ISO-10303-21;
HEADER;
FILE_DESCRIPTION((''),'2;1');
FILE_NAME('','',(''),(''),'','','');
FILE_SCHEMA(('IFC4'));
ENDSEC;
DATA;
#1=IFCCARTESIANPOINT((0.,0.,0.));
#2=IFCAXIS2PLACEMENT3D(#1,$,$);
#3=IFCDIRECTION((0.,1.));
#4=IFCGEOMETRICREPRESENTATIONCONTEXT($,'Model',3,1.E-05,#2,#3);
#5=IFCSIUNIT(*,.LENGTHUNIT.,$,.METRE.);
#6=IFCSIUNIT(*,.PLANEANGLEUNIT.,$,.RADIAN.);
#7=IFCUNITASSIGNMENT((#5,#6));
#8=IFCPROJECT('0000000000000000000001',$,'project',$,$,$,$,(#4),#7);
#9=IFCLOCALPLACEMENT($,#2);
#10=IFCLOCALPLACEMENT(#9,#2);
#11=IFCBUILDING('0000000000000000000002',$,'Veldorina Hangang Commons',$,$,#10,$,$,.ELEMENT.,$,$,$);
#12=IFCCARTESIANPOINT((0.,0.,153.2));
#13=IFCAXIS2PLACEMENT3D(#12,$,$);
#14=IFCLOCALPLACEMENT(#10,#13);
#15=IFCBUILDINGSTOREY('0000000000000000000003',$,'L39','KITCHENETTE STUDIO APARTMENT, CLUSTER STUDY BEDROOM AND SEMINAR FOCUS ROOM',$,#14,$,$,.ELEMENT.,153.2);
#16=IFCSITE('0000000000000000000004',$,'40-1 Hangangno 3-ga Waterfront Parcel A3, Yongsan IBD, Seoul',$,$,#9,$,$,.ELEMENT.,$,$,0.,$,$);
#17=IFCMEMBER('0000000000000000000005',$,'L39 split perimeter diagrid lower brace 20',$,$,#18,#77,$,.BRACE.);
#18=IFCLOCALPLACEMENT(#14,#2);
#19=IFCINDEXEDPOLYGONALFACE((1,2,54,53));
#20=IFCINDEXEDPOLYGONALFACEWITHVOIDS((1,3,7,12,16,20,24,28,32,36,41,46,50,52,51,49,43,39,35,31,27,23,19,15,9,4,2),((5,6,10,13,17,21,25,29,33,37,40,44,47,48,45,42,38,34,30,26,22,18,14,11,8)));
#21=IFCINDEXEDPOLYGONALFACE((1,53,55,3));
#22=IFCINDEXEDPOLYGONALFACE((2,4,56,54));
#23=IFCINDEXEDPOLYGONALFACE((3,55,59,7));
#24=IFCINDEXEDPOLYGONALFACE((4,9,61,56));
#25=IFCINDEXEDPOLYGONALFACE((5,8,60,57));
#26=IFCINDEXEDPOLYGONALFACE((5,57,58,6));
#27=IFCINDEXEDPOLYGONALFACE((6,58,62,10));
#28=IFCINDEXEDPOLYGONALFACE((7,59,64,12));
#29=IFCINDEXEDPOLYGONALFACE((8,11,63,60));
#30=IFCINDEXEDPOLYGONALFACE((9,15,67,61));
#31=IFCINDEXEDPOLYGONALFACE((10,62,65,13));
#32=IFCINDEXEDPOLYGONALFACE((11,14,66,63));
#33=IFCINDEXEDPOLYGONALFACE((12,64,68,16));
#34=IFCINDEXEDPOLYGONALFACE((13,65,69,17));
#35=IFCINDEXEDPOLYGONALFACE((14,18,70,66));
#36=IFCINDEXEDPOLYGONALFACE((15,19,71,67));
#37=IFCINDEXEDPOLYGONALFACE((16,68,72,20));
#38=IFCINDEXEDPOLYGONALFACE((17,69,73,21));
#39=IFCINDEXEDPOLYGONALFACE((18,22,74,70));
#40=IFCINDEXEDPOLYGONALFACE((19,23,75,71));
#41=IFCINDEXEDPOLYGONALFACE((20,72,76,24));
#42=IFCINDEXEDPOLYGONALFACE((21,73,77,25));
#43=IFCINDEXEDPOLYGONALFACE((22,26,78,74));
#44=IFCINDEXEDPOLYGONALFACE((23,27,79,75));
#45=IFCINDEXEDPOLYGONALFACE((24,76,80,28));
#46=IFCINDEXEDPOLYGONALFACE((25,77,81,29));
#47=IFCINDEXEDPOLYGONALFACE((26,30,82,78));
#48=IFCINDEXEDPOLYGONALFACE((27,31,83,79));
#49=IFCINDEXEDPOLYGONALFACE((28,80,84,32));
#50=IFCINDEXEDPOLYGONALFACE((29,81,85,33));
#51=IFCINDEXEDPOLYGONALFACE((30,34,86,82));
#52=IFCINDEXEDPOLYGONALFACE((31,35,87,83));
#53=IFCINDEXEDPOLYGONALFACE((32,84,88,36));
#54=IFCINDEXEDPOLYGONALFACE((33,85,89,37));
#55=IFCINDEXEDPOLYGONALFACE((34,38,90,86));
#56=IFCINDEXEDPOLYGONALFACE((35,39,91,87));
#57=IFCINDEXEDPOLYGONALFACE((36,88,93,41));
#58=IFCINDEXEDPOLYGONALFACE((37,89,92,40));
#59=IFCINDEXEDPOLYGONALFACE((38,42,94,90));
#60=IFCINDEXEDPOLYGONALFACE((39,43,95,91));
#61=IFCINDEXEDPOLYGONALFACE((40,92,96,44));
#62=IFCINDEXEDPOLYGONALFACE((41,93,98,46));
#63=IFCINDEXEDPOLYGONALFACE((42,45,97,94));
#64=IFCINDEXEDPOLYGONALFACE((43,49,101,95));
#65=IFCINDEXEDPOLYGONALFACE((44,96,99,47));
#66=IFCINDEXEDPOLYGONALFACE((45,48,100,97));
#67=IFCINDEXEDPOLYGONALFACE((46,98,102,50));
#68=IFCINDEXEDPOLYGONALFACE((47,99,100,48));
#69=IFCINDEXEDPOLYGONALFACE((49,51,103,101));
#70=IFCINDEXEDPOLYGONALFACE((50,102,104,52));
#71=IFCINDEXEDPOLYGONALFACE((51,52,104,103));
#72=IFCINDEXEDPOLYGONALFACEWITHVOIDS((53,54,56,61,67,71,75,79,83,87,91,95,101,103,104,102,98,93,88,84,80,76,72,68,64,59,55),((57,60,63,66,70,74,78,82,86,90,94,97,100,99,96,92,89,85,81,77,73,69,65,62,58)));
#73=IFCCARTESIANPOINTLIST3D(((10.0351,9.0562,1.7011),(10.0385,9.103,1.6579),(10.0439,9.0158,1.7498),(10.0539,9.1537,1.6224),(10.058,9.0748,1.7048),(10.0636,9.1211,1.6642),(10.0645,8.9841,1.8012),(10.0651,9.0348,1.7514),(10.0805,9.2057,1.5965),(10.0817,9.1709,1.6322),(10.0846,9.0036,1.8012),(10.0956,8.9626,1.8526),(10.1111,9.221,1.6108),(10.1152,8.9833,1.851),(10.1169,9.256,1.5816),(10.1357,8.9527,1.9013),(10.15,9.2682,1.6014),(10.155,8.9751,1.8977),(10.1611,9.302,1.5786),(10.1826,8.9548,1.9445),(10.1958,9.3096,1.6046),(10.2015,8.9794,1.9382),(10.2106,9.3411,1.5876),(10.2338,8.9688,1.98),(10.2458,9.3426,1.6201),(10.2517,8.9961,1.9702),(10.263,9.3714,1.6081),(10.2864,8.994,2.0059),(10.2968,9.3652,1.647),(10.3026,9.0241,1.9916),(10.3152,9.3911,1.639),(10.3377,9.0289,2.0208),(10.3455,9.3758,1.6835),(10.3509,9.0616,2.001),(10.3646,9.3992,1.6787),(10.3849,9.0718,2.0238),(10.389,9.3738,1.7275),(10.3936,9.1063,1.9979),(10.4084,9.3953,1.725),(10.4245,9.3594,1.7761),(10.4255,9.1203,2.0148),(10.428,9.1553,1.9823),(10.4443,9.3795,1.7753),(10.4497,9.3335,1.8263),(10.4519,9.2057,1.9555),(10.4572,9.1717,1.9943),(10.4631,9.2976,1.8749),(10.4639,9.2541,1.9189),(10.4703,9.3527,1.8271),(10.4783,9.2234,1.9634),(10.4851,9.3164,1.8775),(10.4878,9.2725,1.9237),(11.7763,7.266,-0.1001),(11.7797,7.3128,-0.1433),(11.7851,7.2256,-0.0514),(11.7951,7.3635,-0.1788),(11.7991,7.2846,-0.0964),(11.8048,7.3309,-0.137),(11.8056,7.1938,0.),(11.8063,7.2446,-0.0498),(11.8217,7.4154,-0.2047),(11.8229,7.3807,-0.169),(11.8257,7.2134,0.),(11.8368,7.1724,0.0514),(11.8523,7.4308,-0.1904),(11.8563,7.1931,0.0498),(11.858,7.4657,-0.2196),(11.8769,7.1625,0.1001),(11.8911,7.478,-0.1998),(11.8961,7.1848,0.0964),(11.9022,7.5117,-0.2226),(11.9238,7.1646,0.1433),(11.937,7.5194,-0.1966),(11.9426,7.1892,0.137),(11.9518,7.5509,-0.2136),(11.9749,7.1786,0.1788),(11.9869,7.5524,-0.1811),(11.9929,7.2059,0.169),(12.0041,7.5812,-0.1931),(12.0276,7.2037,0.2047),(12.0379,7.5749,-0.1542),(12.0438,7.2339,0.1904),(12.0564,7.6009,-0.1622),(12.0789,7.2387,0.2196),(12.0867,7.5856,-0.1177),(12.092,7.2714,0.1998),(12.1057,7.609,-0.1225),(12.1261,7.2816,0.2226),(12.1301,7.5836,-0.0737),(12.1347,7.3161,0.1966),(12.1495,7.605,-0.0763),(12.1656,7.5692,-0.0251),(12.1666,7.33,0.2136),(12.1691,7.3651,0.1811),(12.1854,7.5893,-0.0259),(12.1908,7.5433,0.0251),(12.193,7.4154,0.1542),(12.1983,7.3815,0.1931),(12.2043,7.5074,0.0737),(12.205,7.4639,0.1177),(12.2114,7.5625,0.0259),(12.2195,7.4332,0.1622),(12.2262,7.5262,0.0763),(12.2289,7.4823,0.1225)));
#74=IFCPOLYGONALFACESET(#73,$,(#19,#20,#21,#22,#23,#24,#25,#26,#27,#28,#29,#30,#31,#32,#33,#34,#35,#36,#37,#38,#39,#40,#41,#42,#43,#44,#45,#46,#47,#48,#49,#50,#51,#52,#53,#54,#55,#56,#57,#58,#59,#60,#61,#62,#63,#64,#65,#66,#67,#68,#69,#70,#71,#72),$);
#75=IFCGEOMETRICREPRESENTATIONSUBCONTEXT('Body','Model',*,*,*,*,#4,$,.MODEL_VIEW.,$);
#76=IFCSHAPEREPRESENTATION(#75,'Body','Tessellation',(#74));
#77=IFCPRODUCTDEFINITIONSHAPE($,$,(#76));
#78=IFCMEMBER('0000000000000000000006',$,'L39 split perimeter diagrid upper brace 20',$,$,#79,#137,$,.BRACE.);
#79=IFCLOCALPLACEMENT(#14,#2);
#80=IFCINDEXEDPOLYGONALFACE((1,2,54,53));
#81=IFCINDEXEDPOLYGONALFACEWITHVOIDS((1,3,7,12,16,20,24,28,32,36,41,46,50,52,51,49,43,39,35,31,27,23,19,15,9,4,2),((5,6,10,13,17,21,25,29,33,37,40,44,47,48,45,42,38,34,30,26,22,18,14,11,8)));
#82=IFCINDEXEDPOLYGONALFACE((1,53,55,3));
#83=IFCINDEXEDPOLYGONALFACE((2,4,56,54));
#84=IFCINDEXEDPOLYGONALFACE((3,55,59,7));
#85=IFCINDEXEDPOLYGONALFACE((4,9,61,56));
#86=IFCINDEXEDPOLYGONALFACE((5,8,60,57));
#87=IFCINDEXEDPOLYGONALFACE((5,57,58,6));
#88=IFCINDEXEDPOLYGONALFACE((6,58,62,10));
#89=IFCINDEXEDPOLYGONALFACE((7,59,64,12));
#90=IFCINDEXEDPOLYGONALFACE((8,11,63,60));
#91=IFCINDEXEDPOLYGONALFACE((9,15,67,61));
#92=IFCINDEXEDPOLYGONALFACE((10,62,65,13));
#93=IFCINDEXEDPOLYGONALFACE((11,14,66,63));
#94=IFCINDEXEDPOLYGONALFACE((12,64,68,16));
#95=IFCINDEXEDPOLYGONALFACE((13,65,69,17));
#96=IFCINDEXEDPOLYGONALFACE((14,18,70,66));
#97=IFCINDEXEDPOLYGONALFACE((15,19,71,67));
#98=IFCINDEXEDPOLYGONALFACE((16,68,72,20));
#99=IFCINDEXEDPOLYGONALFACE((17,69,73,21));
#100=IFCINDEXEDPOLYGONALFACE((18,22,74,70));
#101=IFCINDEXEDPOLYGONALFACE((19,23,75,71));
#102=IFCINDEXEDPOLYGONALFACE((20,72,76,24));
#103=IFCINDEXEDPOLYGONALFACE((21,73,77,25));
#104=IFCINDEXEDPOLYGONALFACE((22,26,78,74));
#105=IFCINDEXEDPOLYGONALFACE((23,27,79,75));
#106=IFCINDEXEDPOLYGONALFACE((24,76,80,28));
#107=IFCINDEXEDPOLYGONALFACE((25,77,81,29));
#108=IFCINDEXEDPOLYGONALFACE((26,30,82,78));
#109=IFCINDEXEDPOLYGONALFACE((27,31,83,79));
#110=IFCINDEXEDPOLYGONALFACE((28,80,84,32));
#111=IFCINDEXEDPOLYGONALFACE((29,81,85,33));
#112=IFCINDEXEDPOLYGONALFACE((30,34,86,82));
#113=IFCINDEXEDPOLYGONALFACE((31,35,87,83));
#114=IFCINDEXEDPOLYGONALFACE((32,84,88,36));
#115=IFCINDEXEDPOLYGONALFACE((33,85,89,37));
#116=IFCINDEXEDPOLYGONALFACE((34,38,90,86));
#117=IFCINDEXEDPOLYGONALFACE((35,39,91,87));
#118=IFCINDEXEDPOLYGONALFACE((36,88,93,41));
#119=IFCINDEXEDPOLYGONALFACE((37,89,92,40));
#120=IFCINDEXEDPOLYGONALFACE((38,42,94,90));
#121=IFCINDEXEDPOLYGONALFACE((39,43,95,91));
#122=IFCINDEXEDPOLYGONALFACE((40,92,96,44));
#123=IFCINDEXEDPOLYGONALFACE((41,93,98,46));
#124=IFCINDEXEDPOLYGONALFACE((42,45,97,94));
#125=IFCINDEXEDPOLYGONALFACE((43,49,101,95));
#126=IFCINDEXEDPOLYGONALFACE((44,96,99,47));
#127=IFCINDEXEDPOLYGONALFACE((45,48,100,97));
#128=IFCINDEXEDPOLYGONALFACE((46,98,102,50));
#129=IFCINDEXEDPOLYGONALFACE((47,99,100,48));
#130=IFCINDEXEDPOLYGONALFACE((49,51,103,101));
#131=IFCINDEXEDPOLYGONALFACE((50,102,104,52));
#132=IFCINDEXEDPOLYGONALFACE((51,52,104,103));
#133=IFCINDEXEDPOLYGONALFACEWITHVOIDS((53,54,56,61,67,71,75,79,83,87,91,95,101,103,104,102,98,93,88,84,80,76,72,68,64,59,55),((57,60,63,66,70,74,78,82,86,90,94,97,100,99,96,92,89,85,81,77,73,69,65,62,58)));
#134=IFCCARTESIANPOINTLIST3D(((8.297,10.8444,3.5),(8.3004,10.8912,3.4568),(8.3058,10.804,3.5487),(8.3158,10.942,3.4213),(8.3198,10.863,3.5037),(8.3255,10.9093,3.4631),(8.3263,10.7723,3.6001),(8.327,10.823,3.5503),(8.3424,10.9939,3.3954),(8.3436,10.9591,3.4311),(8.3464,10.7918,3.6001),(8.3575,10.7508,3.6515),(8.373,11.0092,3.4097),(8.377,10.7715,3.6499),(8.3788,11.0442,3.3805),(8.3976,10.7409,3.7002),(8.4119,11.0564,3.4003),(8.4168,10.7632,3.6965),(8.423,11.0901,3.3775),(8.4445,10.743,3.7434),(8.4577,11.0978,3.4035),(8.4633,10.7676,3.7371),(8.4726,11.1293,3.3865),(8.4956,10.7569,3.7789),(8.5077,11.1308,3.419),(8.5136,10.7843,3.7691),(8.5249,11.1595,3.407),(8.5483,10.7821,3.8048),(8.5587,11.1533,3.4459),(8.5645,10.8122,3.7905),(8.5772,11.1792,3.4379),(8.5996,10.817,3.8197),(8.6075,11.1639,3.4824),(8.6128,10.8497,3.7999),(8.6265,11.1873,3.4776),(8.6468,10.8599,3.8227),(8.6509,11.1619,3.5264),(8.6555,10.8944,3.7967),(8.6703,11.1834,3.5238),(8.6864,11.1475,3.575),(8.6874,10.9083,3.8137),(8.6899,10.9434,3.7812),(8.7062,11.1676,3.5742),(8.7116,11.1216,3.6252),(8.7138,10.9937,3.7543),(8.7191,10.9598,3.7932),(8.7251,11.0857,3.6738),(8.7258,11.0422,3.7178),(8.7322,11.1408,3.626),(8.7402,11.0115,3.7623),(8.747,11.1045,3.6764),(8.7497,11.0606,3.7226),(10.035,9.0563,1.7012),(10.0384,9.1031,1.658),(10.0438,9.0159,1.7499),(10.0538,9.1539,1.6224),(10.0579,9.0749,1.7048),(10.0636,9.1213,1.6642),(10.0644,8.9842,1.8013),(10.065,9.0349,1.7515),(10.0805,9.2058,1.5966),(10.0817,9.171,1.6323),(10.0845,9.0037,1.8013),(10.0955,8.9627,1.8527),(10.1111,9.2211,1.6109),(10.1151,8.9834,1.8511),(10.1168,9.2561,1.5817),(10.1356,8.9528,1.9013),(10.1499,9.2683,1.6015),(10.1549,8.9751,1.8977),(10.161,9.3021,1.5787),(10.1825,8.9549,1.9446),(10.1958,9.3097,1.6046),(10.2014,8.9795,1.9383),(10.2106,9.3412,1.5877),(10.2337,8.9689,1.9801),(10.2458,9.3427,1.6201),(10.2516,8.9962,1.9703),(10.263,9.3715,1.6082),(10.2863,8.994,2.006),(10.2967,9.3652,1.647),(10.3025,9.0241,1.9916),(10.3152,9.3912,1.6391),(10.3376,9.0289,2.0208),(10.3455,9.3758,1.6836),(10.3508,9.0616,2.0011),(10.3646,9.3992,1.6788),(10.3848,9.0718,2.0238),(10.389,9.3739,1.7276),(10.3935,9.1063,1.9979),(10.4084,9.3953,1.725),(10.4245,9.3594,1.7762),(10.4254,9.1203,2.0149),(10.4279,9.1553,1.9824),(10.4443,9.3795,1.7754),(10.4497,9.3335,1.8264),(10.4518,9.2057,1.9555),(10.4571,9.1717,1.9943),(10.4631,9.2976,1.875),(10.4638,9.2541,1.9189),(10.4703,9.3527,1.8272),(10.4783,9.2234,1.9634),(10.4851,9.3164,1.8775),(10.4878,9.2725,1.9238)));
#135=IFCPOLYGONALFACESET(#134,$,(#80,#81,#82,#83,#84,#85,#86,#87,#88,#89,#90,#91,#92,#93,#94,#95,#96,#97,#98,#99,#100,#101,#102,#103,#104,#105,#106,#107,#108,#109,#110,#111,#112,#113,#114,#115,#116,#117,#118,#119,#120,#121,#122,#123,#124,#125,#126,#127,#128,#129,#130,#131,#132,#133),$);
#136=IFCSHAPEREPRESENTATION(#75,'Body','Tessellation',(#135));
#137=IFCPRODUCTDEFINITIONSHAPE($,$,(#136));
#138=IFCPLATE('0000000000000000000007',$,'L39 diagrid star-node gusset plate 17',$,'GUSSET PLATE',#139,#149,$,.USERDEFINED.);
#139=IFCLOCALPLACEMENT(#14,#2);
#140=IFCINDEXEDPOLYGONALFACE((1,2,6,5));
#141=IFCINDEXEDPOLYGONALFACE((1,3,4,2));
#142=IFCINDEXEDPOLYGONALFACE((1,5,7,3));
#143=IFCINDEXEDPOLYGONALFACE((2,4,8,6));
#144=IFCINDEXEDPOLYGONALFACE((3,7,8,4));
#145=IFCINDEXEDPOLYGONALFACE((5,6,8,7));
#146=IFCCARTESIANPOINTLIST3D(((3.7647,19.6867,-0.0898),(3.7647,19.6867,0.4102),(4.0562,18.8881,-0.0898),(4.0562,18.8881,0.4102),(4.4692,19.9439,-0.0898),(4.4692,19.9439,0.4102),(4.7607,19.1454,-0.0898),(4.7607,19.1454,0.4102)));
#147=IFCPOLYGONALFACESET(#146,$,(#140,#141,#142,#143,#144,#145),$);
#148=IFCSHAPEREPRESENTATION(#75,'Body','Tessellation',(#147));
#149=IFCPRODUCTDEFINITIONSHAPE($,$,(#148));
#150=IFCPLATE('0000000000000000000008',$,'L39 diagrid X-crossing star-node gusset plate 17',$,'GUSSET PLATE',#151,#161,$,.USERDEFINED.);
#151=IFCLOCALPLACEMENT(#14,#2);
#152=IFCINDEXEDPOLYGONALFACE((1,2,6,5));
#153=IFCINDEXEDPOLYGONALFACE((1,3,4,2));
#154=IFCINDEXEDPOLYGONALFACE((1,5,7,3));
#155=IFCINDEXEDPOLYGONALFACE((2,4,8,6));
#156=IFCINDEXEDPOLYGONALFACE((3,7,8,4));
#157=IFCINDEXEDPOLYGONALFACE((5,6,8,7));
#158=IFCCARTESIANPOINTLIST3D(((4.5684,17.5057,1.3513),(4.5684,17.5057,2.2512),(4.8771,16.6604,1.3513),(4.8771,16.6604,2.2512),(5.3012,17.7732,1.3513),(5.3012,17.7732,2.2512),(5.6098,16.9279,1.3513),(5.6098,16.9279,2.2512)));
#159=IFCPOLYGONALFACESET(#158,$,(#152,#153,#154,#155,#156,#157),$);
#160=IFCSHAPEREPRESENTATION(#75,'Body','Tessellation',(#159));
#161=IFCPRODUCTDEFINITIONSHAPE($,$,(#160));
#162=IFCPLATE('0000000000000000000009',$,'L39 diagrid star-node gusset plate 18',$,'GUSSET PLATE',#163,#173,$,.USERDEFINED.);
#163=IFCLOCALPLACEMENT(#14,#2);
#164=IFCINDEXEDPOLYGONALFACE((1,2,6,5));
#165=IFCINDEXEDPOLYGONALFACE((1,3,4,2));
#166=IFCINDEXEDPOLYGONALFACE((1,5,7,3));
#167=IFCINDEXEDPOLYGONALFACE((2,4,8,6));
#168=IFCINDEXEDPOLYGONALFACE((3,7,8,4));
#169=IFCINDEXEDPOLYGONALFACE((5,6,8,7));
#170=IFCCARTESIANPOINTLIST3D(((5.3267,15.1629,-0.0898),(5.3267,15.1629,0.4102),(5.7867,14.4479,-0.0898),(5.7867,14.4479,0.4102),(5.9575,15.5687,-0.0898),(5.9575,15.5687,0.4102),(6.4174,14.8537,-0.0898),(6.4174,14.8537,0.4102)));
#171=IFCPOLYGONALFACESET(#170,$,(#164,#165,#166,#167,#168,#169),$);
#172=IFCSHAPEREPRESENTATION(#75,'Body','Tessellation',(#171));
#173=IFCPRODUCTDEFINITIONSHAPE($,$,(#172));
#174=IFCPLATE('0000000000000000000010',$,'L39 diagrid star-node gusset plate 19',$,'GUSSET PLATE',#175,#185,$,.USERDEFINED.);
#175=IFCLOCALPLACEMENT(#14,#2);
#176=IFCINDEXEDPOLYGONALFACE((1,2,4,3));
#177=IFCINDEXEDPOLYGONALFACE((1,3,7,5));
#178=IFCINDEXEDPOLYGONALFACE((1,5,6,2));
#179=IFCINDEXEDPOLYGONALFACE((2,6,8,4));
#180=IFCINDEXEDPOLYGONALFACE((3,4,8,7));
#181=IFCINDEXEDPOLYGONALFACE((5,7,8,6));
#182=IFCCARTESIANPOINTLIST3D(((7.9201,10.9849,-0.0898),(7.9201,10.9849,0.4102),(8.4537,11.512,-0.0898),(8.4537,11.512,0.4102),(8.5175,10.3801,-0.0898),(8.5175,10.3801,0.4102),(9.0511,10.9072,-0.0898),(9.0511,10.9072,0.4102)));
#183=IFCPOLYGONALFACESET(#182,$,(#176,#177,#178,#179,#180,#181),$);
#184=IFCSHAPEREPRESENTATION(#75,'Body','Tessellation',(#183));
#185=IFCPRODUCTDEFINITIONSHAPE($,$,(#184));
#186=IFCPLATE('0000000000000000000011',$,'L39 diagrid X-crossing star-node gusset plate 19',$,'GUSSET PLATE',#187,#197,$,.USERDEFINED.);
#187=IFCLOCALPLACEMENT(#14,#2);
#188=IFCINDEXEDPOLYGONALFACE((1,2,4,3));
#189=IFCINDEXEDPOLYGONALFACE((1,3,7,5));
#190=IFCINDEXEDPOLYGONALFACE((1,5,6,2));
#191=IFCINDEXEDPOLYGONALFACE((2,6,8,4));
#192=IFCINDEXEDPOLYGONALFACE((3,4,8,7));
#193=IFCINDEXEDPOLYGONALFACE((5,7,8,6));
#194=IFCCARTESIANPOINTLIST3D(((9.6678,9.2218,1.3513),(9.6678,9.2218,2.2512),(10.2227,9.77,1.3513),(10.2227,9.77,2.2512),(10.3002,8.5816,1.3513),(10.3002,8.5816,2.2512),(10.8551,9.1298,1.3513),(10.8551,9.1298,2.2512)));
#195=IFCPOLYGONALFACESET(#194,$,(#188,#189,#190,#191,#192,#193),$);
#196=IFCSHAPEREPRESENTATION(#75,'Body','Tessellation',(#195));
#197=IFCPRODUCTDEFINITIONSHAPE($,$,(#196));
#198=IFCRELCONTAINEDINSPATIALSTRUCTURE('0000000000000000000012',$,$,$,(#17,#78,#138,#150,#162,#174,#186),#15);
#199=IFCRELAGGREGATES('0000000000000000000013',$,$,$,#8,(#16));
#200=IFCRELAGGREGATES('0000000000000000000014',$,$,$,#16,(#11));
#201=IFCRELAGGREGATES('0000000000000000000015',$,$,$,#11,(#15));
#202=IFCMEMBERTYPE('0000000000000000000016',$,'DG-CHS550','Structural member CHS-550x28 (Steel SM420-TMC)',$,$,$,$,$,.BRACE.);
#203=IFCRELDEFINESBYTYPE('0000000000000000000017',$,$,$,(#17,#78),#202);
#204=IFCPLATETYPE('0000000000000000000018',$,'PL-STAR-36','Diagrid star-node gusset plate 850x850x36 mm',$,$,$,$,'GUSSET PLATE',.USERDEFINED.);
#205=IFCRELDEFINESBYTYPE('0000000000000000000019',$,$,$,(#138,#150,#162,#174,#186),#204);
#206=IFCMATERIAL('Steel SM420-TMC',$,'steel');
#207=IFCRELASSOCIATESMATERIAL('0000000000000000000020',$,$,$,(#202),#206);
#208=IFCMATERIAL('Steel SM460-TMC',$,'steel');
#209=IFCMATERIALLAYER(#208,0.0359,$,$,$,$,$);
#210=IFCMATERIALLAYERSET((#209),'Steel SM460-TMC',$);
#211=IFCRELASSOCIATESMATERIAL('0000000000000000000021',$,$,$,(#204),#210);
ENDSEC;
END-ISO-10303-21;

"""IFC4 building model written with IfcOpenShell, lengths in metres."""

from ifc_helpers import new_model, si_unit, direction, frame, origin, origin_2d, place, context, subcontext, project, spatial, rectangle, hollow_circle, extrude, material, layer, layer_set, material_profile, profile_set, type_object, element, save


model = new_model("IFC4")

# Units and contexts
model_context = context("Model", 3, precision=1e-05, world=origin(), true_north=direction((0.0, 1.0)))
body_context = subcontext(model_context, "Body", "Model", "MODEL_VIEW")
ifc_project = project(units=[si_unit("LENGTHUNIT", "METRE"), si_unit("PLANEANGLEUNIT", "RADIAN")], contexts=[model_context])

# Site, building, storey
site_placement = place(None, origin())
site = spatial("IfcSite", under=ifc_project, at=site_placement, Name="40-1 Hangangno 3-ga Waterfront Parcel A3, Yongsan IBD, Seoul", CompositionType="ELEMENT", RefElevation=0.0)
building_placement = place(site_placement, origin())
building = spatial("IfcBuilding", under=site, at=building_placement, Name="Veldorina Hangang Commons", CompositionType="ELEMENT")
storey_placement = place(building_placement, frame((0.0, 0.0, 153.2)))
storey = spatial("IfcBuildingStorey", under=building, at=storey_placement, Name="L39", Description="KITCHENETTE STUDIO APARTMENT, CLUSTER STUDY BEDROOM AND SEMINAR FOCUS ROOM", CompositionType="ELEMENT", Elevation=153.2)

# Shared definitions
ifc_material_1 = material(Name="Steel SM420-TMC", Category="steel")

# Members
ifc_material_profile_1 = material_profile(ifc_material_1, hollow_circle(Radius=0.2749, WallThickness=0.0281, at=origin_2d()), Name="CHS-550x28")
ifc_profile_set_1 = profile_set([ifc_material_profile_1], Name="Steel SM420-TMC")
member_type = type_object("IfcMemberType", Name="DG-CHS550", Description="Structural member CHS-550x28 (Steel SM420-TMC)", PredefinedType="BRACE", material=ifc_profile_set_1)
member_1_placement = place(storey_placement, frame((12.0027, 7.3855, 0.0), z_axis=(-0.565474, 0.581411, 0.584979), x_axis=(-0.716863, -0.697214, 0.0)))
element("IfcMember", 1, at=member_1_placement, inside=storey, type_object=member_type, Name="L39 split perimeter diagrid lower brace 20", PredefinedType="BRACE", context=body_context, shape_type="SweptSolid", body=[
    extrude(hollow_circle(Radius=0.2749, WallThickness=0.0281, at=origin_2d()), origin(), (0.0, 0.0, 1.0), 3.0791),
])
member_2_placement = place(storey_placement, frame((10.2615, 9.1758, 1.8013), z_axis=(-0.56527, 0.581547, 0.585041), x_axis=(-0.717071, -0.697, 0.0)))
element("IfcMember", 2, at=member_2_placement, inside=storey, type_object=member_type, Name="L39 split perimeter diagrid upper brace 20", PredefinedType="BRACE", context=body_context, shape_type="SweptSolid", body=[
    extrude(hollow_circle(Radius=0.2749, WallThickness=0.0281, at=origin_2d()), origin(), (0.0, 0.0, 1.0), 3.0747),
])

# Plates
ifc_material_2 = material(Name="Steel SM460-TMC", Category="steel")
ifc_layer_1 = layer(ifc_material_2, 0.0359)
ifc_layer_set_1 = layer_set([ifc_layer_1], Name="Steel SM460-TMC")
plate_type = type_object("IfcPlateType", Name="PL-STAR-36", Description="Diagrid star-node gusset plate 850x850x36 mm", ElementType="GUSSET PLATE", PredefinedType="USERDEFINED", material=ifc_layer_set_1)
plate_1_placement = place(storey_placement, frame((4.2627, 19.416, -0.0898), z_axis=(0.0, 0.0, 1.0), x_axis=(0.342955, -0.939352, 0.0)))
element("IfcPlate", 3, at=plate_1_placement, inside=storey, type_object=plate_type, Name="L39 diagrid star-node gusset plate 17", ObjectType="GUSSET PLATE", PredefinedType="USERDEFINED", context=body_context, shape_type="SweptSolid", body=[
    extrude(rectangle(XDim=0.8501, YDim=0.75, at=origin_2d()), origin(), (0.0, 0.0, 1.0), 0.5),
])
plate_2_placement = place(storey_placement, frame((5.0891, 17.2168, 1.3513), z_axis=(0.0, 0.0, 1.0), x_axis=(0.342955, -0.939352, 0.0)))
element("IfcPlate", 4, at=plate_2_placement, inside=storey, type_object=plate_type, Name="L39 diagrid X-crossing star-node gusset plate 17", ObjectType="GUSSET PLATE", PredefinedType="USERDEFINED", context=body_context, shape_type="SweptSolid", body=[
    extrude(rectangle(XDim=0.8999, YDim=0.78, at=origin_2d()), origin(), (0.0, 0.0, 1.0), 0.8999),
])
for number, where, z_axis, x_axis, name in (
    (5, (5.8721, 15.0083, -0.0898), (0.0, 0.0, 1.0), (0.541048, -0.840992, 0.0), "L39 diagrid star-node gusset plate 18"),
    (6, (8.4856, 10.946, -0.0898), (0.0, 0.0, 1.0), (0.702749, -0.711438, 0.0), "L39 diagrid star-node gusset plate 19"),
):
    element("IfcPlate", number, at=place(storey_placement, frame(where, z_axis=z_axis, x_axis=x_axis)), inside=storey, type_object=plate_type, Name=name, ObjectType="GUSSET PLATE", PredefinedType="USERDEFINED", context=body_context, shape_type="SweptSolid", body=[
        extrude(rectangle(XDim=0.8501, YDim=0.75, at=origin_2d()), origin(), (0.0, 0.0, 1.0), 0.5),
    ])
plate_3_placement = place(storey_placement, frame((10.2615, 9.1758, 1.3513), z_axis=(0.0, 0.0, 1.0), x_axis=(0.702749, -0.711438, 0.0)))
element("IfcPlate", 7, at=plate_3_placement, inside=storey, type_object=plate_type, Name="L39 diagrid X-crossing star-node gusset plate 19", ObjectType="GUSSET PLATE", PredefinedType="USERDEFINED", context=body_context, shape_type="SweptSolid", body=[
    extrude(rectangle(XDim=0.8999, YDim=0.78, at=origin_2d()), origin(), (0.0, 0.0, 1.0), 0.8999),
])

save(model, "model.ifc")
